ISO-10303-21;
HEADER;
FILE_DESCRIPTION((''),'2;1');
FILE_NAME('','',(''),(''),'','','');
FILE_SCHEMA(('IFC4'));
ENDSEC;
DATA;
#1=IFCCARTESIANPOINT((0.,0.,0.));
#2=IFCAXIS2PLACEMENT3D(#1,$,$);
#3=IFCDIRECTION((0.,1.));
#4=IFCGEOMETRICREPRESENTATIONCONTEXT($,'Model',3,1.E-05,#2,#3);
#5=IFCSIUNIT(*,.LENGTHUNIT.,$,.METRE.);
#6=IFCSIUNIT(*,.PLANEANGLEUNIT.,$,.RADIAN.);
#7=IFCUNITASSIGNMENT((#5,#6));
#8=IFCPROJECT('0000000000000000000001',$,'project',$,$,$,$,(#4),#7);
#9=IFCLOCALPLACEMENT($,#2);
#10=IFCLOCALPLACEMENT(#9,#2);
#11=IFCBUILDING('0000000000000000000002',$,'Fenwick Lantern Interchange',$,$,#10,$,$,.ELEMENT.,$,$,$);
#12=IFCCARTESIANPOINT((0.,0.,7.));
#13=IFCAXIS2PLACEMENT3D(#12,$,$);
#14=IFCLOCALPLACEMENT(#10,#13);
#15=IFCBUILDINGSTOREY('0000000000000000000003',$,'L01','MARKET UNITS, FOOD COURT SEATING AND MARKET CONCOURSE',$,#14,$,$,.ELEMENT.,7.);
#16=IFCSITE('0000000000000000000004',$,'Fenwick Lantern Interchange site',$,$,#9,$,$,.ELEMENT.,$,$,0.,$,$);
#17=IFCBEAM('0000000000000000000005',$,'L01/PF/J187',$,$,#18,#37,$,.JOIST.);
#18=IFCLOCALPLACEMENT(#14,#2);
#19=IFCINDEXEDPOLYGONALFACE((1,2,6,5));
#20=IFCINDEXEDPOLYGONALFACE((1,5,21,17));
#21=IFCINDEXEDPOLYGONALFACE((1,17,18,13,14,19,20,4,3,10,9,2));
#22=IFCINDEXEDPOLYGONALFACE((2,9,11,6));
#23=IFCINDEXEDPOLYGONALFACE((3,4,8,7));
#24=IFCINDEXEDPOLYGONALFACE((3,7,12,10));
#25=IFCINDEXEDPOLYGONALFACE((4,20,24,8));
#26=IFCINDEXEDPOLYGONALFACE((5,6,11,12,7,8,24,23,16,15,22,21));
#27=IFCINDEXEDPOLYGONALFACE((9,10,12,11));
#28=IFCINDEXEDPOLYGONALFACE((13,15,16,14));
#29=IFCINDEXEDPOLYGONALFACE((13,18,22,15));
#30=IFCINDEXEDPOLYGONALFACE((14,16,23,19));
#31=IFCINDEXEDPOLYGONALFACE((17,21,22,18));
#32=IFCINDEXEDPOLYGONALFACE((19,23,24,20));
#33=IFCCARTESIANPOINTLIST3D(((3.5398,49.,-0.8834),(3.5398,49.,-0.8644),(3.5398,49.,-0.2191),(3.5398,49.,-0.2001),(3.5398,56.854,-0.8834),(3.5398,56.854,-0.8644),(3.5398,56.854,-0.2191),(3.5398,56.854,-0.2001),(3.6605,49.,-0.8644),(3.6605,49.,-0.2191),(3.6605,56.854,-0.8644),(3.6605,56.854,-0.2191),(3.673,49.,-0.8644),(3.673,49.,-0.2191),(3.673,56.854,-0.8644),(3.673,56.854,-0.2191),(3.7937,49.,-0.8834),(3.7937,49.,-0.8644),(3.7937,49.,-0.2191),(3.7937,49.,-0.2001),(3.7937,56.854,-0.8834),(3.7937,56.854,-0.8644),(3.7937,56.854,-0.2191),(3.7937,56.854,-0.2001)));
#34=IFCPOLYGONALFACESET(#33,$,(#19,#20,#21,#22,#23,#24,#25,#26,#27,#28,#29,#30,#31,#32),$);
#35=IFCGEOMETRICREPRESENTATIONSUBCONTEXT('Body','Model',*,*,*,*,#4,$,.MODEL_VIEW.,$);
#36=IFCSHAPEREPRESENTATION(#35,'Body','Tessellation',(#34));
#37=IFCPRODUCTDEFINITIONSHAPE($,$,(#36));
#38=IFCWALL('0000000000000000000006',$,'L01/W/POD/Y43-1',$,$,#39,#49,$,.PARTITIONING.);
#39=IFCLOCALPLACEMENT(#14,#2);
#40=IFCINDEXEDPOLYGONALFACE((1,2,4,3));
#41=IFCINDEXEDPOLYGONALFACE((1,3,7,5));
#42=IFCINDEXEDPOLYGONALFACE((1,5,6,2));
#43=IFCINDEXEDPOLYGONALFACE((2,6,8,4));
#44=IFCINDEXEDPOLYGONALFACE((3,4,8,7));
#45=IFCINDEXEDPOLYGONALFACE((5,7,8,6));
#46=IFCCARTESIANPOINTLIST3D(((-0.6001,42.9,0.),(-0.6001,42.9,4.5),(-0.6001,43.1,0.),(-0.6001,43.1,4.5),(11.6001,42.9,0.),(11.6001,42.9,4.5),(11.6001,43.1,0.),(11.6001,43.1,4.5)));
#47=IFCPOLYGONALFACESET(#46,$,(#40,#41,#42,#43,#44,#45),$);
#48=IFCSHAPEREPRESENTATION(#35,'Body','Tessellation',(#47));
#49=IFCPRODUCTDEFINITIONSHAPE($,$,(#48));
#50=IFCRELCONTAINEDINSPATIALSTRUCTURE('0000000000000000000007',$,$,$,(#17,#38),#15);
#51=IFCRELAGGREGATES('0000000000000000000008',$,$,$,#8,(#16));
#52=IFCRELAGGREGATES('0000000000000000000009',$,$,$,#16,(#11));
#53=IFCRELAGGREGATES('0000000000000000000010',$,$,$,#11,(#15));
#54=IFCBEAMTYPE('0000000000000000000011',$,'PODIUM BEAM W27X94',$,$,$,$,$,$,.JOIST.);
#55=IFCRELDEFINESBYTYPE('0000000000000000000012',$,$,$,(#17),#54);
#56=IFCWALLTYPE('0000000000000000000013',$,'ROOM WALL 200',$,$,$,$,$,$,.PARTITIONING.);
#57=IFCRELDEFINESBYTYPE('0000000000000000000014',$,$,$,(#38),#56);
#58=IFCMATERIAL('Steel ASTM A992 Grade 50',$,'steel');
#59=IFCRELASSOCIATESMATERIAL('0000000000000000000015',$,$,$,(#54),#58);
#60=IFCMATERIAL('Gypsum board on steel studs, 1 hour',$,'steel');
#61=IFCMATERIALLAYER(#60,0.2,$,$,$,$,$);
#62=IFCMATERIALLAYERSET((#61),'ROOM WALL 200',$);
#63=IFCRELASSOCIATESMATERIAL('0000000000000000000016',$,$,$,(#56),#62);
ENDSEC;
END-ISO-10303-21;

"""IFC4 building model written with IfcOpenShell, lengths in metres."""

from ifc_helpers import new_model, si_unit, direction, frame, frame_2d, origin, origin_2d, place, context, subcontext, project, spatial, rectangle, i_section, extrude, material, layer, layer_set, material_profile, profile_set, type_object, element, save


model = new_model("IFC4")

# Units and contexts
model_context = context("Model", 3, precision=1e-05, world=origin(), true_north=direction((0.0, 1.0)))
body_context = subcontext(model_context, "Body", "Model", "MODEL_VIEW")
ifc_project = project(units=[si_unit("LENGTHUNIT", "METRE"), si_unit("PLANEANGLEUNIT", "RADIAN")], contexts=[model_context])

# Site, building, storey
site_placement = place(None, origin())
site = spatial("IfcSite", under=ifc_project, at=site_placement, Name="Fenwick Lantern Interchange site", CompositionType="ELEMENT", RefElevation=0.0)
building_placement = place(site_placement, origin())
building = spatial("IfcBuilding", under=site, at=building_placement, Name="Fenwick Lantern Interchange", CompositionType="ELEMENT")
storey_placement = place(building_placement, frame((0.0, 0.0, 7.0)))
storey = spatial("IfcBuildingStorey", under=building, at=storey_placement, Name="L01", Description="MARKET UNITS, FOOD COURT SEATING AND MARKET CONCOURSE", CompositionType="ELEMENT", Elevation=7.0)

# Shared definitions
ifc_material_1 = material(Name="Steel ASTM A992 Grade 50", Category="steel")

# Beam
ifc_material_profile_1 = material_profile(ifc_material_1, i_section(OverallWidth=0.2539, OverallDepth=0.6833, WebThickness=0.0125, FlangeThickness=0.019, at=origin_2d()), Name="W27X94")
ifc_profile_set_1 = profile_set([ifc_material_profile_1], Name="Steel ASTM A992 Grade 50")
beam_type_1 = type_object("IfcBeamType", Name="PODIUM BEAM W27X94", PredefinedType="JOIST", material=ifc_profile_set_1)
beam_1_placement = place(storey_placement, frame((3.6667, 49.0, -0.5417), z_axis=(0.0, 1.0, 0.0), x_axis=(-1.0, 0.0, 0.0)))
element("IfcBeam", 1, at=beam_1_placement, inside=storey, type_object=beam_type_1, Name="L01/PF/J187", PredefinedType="JOIST", context=body_context, shape_type="SweptSolid", body=[
    extrude(i_section(OverallWidth=0.2539, OverallDepth=0.6833, WebThickness=0.0125, FlangeThickness=0.019, at=origin_2d()), origin(), (0.0, 0.0, 1.0), 7.854),
])

# Wall
ifc_material_2 = material(Name="Gypsum board on steel studs, 1 hour", Category="steel")
ifc_layer = layer(ifc_material_2, 0.2)
ifc_layer_set = layer_set([ifc_layer], Name="ROOM WALL 200")
wall_type = type_object("IfcWallType", Name="ROOM WALL 200", PredefinedType="PARTITIONING", material=ifc_layer_set)
wall_placement = place(storey_placement, frame((-0.6001, 43.0, 0.0), z_axis=(0.0, 0.0, 1.0), x_axis=(1.0, 0.0, 0.0)))
element("IfcWall", 2, at=wall_placement, inside=storey, type_object=wall_type, Name="L01/W/POD/Y43-1", PredefinedType="PARTITIONING", context=body_context, shape_type="SweptSolid", body=[
    extrude(rectangle(XDim=12.2002, YDim=0.2, at=frame_2d((6.1001, 0.0))), origin(), (0.0, 0.0, 1.0), 4.5),
])

save(model, "model.ifc")
